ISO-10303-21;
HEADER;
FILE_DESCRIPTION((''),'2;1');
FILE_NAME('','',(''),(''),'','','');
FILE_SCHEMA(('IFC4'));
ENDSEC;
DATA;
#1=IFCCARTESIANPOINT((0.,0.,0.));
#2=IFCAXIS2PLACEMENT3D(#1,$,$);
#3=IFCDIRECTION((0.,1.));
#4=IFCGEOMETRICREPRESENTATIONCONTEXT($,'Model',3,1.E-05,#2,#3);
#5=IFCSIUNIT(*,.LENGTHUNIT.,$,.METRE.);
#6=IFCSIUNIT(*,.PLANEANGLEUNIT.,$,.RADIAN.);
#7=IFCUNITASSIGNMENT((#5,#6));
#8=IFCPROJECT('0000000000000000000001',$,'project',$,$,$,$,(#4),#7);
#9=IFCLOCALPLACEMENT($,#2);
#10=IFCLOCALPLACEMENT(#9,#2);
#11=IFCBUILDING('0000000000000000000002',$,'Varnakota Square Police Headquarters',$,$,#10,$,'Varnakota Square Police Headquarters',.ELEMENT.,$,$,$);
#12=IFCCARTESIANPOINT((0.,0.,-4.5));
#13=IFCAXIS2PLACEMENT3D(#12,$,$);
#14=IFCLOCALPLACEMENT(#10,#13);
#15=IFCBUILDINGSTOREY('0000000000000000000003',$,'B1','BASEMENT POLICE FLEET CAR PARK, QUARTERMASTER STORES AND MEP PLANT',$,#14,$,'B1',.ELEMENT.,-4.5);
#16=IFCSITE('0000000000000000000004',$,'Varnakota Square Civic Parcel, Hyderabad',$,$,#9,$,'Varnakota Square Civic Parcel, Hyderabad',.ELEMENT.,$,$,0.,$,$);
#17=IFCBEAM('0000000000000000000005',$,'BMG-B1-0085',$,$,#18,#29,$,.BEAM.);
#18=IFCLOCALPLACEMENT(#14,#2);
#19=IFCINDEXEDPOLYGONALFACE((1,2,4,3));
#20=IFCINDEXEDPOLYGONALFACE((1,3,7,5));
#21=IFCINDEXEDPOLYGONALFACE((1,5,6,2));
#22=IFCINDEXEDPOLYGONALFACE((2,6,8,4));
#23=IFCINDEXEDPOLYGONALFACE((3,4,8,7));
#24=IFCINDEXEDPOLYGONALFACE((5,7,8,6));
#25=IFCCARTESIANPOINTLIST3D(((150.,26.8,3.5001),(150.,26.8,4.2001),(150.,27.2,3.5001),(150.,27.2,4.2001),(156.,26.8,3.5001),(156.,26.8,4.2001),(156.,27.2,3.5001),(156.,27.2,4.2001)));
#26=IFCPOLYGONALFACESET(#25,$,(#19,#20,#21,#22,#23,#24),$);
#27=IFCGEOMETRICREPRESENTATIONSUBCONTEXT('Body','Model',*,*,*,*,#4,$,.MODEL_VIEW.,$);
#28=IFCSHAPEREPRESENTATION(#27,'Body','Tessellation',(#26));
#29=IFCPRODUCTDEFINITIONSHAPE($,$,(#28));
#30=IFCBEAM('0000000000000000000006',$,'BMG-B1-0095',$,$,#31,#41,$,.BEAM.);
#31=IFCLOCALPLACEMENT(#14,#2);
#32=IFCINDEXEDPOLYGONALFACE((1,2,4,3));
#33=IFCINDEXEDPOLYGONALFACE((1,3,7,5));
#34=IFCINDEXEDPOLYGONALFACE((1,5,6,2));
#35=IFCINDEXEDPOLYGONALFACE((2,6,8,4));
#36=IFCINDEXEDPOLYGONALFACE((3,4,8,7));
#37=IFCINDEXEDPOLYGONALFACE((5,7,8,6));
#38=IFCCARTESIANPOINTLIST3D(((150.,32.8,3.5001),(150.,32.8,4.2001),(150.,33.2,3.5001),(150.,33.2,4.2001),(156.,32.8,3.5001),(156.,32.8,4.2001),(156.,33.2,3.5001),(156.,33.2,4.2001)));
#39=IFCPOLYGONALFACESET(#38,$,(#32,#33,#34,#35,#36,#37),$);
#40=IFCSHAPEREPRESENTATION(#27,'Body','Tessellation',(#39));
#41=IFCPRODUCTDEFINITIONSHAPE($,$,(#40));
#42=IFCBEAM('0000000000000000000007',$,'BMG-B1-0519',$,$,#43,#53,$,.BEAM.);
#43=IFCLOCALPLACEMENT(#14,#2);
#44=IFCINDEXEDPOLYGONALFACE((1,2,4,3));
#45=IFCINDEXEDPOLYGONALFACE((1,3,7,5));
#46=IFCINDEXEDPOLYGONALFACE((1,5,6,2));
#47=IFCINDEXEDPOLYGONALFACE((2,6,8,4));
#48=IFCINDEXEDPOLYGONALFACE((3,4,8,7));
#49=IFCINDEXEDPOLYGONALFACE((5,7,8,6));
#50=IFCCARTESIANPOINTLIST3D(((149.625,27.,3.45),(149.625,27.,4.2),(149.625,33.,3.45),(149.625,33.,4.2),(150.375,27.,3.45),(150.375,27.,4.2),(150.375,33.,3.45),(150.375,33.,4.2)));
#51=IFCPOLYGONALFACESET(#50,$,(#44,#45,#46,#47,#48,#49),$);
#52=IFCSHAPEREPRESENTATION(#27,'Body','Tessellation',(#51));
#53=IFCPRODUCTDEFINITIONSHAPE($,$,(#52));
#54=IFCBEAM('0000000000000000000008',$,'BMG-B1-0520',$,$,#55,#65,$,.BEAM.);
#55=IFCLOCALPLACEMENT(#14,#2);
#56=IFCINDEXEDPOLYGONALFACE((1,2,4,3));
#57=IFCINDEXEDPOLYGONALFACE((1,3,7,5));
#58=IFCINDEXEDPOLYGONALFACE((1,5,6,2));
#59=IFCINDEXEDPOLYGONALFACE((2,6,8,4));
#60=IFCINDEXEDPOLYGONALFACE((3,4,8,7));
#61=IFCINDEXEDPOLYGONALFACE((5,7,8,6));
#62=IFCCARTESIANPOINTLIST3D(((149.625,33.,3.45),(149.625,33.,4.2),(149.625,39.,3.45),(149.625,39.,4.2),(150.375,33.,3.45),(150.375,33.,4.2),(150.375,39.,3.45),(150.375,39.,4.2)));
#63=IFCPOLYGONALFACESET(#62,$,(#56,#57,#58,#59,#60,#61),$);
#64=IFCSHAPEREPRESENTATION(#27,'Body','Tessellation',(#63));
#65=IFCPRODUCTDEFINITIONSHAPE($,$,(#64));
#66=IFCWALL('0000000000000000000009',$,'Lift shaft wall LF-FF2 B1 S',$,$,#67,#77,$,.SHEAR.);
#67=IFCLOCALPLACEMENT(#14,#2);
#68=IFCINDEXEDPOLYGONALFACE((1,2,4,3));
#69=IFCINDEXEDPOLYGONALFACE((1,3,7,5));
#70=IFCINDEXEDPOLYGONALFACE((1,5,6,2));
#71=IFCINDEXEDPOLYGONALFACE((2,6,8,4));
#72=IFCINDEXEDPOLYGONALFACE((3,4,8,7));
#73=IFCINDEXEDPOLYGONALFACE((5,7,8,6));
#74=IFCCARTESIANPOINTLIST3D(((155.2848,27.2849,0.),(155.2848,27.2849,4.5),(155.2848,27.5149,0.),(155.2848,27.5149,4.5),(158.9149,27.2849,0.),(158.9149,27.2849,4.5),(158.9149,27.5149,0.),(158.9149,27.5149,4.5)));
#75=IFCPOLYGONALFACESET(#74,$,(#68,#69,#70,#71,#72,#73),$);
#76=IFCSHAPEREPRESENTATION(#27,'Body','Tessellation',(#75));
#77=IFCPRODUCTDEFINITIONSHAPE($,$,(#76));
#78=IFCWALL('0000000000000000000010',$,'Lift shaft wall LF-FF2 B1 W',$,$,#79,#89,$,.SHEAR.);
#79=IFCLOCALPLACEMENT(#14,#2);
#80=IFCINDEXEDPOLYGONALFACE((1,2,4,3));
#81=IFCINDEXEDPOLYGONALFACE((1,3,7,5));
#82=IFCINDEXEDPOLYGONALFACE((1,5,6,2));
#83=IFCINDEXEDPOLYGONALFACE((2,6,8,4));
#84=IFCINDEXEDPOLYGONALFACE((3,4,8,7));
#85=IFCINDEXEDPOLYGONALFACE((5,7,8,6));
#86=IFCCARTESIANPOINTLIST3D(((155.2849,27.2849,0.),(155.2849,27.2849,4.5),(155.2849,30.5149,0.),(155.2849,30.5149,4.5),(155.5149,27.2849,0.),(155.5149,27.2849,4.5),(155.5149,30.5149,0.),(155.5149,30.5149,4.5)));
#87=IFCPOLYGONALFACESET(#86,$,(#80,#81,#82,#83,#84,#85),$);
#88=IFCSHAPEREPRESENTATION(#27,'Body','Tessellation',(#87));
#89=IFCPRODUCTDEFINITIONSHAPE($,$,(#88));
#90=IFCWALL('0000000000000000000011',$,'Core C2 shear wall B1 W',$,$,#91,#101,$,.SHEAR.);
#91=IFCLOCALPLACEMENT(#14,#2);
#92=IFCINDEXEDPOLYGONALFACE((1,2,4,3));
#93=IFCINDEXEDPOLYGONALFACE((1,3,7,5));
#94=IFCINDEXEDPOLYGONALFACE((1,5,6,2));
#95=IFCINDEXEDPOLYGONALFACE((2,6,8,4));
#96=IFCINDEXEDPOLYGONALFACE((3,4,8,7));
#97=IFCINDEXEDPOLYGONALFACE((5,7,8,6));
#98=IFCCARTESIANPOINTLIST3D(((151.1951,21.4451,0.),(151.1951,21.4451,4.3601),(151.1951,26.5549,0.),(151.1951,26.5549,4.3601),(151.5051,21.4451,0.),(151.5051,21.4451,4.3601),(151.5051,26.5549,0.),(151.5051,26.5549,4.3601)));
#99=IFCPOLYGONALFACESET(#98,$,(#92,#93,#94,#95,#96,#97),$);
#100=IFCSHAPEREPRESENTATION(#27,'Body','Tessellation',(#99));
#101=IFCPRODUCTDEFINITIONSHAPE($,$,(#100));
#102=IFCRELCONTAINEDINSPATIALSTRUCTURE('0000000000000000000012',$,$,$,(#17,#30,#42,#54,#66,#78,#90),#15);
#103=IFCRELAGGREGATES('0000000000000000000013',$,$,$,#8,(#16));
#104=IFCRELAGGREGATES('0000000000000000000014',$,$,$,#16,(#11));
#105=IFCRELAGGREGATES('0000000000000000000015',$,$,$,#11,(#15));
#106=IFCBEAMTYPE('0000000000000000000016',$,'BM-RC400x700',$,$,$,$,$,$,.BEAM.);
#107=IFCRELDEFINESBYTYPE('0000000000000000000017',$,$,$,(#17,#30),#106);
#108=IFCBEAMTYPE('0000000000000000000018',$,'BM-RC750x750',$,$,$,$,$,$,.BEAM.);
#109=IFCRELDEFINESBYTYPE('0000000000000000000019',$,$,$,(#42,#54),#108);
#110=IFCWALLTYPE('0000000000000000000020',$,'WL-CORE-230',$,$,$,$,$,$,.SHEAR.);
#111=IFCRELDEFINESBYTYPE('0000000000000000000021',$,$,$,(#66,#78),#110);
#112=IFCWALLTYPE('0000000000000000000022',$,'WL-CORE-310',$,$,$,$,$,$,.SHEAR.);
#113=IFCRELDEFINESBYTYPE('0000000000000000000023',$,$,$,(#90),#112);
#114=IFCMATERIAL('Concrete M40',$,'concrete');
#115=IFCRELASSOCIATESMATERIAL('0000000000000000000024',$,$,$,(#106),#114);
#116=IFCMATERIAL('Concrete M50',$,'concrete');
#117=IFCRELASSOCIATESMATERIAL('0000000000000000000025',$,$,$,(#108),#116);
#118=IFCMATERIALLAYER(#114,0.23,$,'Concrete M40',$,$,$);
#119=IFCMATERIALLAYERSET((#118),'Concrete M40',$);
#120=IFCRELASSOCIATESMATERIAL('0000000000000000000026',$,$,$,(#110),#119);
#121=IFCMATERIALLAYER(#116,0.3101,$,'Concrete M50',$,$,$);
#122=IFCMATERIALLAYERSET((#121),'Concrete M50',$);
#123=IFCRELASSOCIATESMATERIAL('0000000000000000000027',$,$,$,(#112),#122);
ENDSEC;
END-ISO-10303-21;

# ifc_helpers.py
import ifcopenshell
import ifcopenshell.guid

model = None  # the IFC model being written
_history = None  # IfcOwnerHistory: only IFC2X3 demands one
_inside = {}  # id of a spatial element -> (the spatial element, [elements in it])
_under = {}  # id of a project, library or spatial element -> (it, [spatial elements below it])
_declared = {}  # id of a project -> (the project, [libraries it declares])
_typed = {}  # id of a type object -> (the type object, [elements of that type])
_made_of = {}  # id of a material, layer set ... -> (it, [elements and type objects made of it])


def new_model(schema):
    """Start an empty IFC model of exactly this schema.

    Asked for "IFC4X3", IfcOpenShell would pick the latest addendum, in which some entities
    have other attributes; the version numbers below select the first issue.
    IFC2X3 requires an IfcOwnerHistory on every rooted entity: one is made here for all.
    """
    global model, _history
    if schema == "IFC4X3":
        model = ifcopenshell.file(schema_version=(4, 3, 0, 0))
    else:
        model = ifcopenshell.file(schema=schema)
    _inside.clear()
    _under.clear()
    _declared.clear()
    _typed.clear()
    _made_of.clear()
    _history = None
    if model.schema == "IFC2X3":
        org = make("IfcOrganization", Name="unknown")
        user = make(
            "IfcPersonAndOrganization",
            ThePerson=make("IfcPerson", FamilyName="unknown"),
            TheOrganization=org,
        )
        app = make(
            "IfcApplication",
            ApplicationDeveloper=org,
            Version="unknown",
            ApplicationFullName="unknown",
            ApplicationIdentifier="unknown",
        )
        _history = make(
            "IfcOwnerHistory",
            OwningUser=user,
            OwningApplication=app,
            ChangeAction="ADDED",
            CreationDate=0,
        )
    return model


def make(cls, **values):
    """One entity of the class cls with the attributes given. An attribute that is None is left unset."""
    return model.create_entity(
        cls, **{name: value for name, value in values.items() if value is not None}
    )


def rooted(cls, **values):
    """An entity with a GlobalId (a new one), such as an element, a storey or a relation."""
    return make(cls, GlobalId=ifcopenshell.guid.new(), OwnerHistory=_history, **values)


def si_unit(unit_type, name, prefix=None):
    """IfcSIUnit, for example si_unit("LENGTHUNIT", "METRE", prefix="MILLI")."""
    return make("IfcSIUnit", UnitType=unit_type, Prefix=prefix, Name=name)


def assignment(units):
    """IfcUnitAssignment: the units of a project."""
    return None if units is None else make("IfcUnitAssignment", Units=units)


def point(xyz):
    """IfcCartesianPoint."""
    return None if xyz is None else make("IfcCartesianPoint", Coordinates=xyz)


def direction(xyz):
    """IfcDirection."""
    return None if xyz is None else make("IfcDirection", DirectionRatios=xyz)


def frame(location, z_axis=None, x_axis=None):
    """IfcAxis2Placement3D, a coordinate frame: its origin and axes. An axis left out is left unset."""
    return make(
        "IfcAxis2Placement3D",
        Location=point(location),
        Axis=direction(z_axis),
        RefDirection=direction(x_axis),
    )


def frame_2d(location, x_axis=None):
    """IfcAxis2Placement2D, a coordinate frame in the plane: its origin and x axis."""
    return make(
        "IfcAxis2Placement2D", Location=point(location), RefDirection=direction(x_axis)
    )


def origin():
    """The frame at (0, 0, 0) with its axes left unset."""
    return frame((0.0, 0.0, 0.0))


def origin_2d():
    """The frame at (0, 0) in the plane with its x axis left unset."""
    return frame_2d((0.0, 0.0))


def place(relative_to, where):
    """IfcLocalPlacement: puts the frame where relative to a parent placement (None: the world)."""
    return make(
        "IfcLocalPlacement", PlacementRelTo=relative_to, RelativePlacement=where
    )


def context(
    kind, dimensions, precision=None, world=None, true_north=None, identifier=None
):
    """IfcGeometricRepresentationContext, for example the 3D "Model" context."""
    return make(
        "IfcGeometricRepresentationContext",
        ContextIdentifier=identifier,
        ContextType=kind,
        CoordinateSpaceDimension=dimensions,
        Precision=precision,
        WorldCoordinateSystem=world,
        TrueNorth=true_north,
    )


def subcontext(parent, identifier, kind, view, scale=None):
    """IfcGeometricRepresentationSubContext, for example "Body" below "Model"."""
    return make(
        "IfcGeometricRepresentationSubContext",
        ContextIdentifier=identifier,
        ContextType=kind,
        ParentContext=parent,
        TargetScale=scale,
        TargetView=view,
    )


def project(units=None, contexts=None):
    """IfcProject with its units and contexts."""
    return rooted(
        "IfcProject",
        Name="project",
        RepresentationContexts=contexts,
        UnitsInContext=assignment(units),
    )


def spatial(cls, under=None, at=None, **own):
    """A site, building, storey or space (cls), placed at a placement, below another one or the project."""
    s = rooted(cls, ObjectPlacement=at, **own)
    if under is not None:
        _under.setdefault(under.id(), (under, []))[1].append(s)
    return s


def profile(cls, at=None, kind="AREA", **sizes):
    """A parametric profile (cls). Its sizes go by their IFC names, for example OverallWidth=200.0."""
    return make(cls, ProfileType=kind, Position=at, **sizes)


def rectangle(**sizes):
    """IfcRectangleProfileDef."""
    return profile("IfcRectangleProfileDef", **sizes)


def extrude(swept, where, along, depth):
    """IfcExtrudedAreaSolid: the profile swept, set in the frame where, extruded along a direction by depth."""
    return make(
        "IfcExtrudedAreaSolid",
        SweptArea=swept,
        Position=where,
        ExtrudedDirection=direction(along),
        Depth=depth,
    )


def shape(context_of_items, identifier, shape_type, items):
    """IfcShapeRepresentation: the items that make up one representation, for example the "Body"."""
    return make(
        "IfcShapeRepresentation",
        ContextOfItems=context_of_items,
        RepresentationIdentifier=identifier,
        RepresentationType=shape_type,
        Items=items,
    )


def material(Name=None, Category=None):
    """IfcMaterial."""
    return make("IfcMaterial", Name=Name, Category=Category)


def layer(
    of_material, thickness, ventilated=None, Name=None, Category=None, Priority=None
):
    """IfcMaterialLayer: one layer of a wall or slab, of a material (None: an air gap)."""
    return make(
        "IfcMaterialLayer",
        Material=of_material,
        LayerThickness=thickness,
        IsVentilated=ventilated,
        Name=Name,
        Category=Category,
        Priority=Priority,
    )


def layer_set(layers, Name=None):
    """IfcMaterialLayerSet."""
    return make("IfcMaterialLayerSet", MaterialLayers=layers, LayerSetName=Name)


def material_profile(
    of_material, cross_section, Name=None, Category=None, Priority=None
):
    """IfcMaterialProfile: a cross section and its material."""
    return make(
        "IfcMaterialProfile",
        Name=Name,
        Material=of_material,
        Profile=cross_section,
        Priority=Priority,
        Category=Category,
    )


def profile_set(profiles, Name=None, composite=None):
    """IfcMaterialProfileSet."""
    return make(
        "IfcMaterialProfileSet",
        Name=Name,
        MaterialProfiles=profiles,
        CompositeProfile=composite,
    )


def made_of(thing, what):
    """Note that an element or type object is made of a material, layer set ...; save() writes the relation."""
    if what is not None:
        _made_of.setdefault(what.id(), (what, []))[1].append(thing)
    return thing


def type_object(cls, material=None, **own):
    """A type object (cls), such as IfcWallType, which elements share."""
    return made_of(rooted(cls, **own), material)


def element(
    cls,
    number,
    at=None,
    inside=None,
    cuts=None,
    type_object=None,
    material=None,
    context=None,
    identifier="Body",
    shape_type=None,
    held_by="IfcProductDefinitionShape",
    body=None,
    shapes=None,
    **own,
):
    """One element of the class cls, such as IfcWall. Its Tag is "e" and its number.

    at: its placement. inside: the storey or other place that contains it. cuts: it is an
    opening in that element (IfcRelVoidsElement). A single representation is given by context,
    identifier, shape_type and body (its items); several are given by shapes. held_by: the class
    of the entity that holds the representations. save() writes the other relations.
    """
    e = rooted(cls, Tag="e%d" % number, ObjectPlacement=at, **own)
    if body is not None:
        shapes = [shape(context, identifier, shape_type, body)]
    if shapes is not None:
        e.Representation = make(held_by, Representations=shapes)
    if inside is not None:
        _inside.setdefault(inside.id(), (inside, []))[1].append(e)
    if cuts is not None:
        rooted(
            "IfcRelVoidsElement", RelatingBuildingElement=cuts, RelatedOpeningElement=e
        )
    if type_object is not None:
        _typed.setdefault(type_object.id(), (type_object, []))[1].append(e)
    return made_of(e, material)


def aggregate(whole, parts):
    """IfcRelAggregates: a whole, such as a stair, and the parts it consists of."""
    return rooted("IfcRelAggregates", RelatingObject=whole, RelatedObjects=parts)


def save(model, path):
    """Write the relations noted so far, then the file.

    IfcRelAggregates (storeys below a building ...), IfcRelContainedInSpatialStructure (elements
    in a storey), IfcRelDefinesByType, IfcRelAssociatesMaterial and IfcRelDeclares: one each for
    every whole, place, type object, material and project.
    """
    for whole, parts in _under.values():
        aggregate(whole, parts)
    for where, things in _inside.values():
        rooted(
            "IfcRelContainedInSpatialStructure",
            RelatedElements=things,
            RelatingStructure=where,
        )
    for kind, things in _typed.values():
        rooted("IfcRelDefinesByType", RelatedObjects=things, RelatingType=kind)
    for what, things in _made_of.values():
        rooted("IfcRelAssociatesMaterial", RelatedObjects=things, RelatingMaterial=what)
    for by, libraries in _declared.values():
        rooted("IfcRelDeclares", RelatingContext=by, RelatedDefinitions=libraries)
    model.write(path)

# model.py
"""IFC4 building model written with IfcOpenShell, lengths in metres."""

from ifc_helpers import new_model, si_unit, direction, frame, frame_2d, origin, origin_2d, place, context, subcontext, project, spatial, rectangle, extrude, material, layer, layer_set, material_profile, profile_set, type_object, element, save


model = new_model("IFC4")

# Units and contexts
model_context = context("Model", 3, precision=1e-05, world=origin(), true_north=direction((0.0, 1.0)))
body_context = subcontext(model_context, "Body", "Model", "MODEL_VIEW")
ifc_project = project(units=[si_unit("LENGTHUNIT", "METRE"), si_unit("PLANEANGLEUNIT", "RADIAN")], contexts=[model_context])

# Site, building, storey
site_placement = place(None, origin())
site = spatial("IfcSite", under=ifc_project, at=site_placement, Name="Varnakota Square Civic Parcel, Hyderabad", LongName="Varnakota Square Civic Parcel, Hyderabad", CompositionType="ELEMENT", RefElevation=0.0)
building_placement = place(site_placement, origin())
building = spatial("IfcBuilding", under=site, at=building_placement, Name="Varnakota Square Police Headquarters", LongName="Varnakota Square Police Headquarters", CompositionType="ELEMENT")
storey_placement = place(building_placement, frame((0.0, 0.0, -4.5)))
storey = spatial("IfcBuildingStorey", under=building, at=storey_placement, Name="B1", Description="BASEMENT POLICE FLEET CAR PARK, QUARTERMASTER STORES AND MEP PLANT", LongName="B1", CompositionType="ELEMENT", Elevation=-4.5)

# Shared definitions
ifc_material_1 = material(Name="Concrete M40", Category="concrete")
ifc_material_2 = material(Name="Concrete M50", Category="concrete")

# Beams
ifc_material_profile_1 = material_profile(ifc_material_1, rectangle(XDim=0.3999, YDim=0.7, at=origin_2d()), Name="RC 400x700")
ifc_profile_set_1 = profile_set([ifc_material_profile_1], Name="Concrete M40")
beam_type_1 = type_object("IfcBeamType", Name="BM-RC400x700", PredefinedType="BEAM", material=ifc_profile_set_1)
for number, where, z_axis, x_axis, name in (
    (1, (150.0, 27.0, 3.8501), (1.0, 0.0, 0.0), (0.0, 1.0, 0.0), "BMG-B1-0085"),
    (2, (150.0, 33.0, 3.8501), (1.0, 0.0, 0.0), (0.0, 1.0, 0.0), "BMG-B1-0095"),
):
    element("IfcBeam", number, at=place(storey_placement, frame(where, z_axis=z_axis, x_axis=x_axis)), inside=storey, type_object=beam_type_1, Name=name, PredefinedType="BEAM", context=body_context, shape_type="SweptSolid", body=[
        extrude(rectangle(XDim=0.3999, YDim=0.7, at=origin_2d()), origin(), (0.0, 0.0, 1.0), 6.0),
    ])
ifc_material_profile_2 = material_profile(ifc_material_2, rectangle(XDim=0.75, YDim=0.75, at=origin_2d()), Name="RC 750x750")
ifc_profile_set_2 = profile_set([ifc_material_profile_2], Name="Concrete M50")
beam_type_2 = type_object("IfcBeamType", Name="BM-RC750x750", PredefinedType="BEAM", material=ifc_profile_set_2)
for number, where, z_axis, x_axis, name in (
    (3, (150.0, 27.0, 3.825), (0.0, 1.0, 0.0), (-1.0, 0.0, 0.0), "BMG-B1-0519"),
    (4, (150.0, 33.0, 3.825), (0.0, 1.0, 0.0), (-1.0, 0.0, 0.0), "BMG-B1-0520"),
):
    element("IfcBeam", number, at=place(storey_placement, frame(where, z_axis=z_axis, x_axis=x_axis)), inside=storey, type_object=beam_type_2, Name=name, PredefinedType="BEAM", context=body_context, shape_type="SweptSolid", body=[
        extrude(rectangle(XDim=0.75, YDim=0.75, at=origin_2d()), origin(), (0.0, 0.0, 1.0), 6.0),
    ])

# Walls
ifc_layer_1 = layer(ifc_material_1, 0.23, Name="Concrete M40")
ifc_layer_set_1 = layer_set([ifc_layer_1], Name="Concrete M40")
wall_type_1 = type_object("IfcWallType", Name="WL-CORE-230", PredefinedType="SHEAR", material=ifc_layer_set_1)
wall_1_placement = place(storey_placement, frame((155.2849, 27.3999, 0.0), z_axis=(0.0, 0.0, 1.0), x_axis=(1.0, 0.0, 0.0)))
element("IfcWall", 5, at=wall_1_placement, inside=storey, type_object=wall_type_1, Name="Lift shaft wall LF-FF2 B1 S", PredefinedType="SHEAR", context=body_context, shape_type="SweptSolid", body=[
    extrude(rectangle(XDim=3.6301, YDim=0.23, at=frame_2d((1.8149, 0.0))), origin(), (0.0, 0.0, 1.0), 4.5),
])
wall_2_placement = place(storey_placement, frame((155.3999, 30.5149, 0.0), z_axis=(0.0, 0.0, 1.0), x_axis=(0.0, -1.0, 0.0)))
element("IfcWall", 6, at=wall_2_placement, inside=storey, type_object=wall_type_1, Name="Lift shaft wall LF-FF2 B1 W", PredefinedType="SHEAR", context=body_context, shape_type="SweptSolid", body=[
    extrude(rectangle(XDim=3.23, YDim=0.23, at=frame_2d((1.615, 0.0))), origin(), (0.0, 0.0, 1.0), 4.5),
])
ifc_layer_2 = layer(ifc_material_2, 0.3101, Name="Concrete M50")
ifc_layer_set_2 = layer_set([ifc_layer_2], Name="Concrete M50")
wall_type_2 = type_object("IfcWallType", Name="WL-CORE-310", PredefinedType="SHEAR", material=ifc_layer_set_2)
wall_3_placement = place(storey_placement, frame((151.3501, 26.5549, 0.0), z_axis=(0.0, 0.0, 1.0), x_axis=(0.0, -1.0, 0.0)))
element("IfcWall", 7, at=wall_3_placement, inside=storey, type_object=wall_type_2, Name="Core C2 shear wall B1 W", PredefinedType="SHEAR", context=body_context, shape_type="SweptSolid", body=[
    extrude(rectangle(XDim=5.1099, YDim=0.3101, at=frame_2d((2.5549, 0.0))), origin(), (0.0, 0.0, 1.0), 4.3601),
])

save(model, "model.ifc")
